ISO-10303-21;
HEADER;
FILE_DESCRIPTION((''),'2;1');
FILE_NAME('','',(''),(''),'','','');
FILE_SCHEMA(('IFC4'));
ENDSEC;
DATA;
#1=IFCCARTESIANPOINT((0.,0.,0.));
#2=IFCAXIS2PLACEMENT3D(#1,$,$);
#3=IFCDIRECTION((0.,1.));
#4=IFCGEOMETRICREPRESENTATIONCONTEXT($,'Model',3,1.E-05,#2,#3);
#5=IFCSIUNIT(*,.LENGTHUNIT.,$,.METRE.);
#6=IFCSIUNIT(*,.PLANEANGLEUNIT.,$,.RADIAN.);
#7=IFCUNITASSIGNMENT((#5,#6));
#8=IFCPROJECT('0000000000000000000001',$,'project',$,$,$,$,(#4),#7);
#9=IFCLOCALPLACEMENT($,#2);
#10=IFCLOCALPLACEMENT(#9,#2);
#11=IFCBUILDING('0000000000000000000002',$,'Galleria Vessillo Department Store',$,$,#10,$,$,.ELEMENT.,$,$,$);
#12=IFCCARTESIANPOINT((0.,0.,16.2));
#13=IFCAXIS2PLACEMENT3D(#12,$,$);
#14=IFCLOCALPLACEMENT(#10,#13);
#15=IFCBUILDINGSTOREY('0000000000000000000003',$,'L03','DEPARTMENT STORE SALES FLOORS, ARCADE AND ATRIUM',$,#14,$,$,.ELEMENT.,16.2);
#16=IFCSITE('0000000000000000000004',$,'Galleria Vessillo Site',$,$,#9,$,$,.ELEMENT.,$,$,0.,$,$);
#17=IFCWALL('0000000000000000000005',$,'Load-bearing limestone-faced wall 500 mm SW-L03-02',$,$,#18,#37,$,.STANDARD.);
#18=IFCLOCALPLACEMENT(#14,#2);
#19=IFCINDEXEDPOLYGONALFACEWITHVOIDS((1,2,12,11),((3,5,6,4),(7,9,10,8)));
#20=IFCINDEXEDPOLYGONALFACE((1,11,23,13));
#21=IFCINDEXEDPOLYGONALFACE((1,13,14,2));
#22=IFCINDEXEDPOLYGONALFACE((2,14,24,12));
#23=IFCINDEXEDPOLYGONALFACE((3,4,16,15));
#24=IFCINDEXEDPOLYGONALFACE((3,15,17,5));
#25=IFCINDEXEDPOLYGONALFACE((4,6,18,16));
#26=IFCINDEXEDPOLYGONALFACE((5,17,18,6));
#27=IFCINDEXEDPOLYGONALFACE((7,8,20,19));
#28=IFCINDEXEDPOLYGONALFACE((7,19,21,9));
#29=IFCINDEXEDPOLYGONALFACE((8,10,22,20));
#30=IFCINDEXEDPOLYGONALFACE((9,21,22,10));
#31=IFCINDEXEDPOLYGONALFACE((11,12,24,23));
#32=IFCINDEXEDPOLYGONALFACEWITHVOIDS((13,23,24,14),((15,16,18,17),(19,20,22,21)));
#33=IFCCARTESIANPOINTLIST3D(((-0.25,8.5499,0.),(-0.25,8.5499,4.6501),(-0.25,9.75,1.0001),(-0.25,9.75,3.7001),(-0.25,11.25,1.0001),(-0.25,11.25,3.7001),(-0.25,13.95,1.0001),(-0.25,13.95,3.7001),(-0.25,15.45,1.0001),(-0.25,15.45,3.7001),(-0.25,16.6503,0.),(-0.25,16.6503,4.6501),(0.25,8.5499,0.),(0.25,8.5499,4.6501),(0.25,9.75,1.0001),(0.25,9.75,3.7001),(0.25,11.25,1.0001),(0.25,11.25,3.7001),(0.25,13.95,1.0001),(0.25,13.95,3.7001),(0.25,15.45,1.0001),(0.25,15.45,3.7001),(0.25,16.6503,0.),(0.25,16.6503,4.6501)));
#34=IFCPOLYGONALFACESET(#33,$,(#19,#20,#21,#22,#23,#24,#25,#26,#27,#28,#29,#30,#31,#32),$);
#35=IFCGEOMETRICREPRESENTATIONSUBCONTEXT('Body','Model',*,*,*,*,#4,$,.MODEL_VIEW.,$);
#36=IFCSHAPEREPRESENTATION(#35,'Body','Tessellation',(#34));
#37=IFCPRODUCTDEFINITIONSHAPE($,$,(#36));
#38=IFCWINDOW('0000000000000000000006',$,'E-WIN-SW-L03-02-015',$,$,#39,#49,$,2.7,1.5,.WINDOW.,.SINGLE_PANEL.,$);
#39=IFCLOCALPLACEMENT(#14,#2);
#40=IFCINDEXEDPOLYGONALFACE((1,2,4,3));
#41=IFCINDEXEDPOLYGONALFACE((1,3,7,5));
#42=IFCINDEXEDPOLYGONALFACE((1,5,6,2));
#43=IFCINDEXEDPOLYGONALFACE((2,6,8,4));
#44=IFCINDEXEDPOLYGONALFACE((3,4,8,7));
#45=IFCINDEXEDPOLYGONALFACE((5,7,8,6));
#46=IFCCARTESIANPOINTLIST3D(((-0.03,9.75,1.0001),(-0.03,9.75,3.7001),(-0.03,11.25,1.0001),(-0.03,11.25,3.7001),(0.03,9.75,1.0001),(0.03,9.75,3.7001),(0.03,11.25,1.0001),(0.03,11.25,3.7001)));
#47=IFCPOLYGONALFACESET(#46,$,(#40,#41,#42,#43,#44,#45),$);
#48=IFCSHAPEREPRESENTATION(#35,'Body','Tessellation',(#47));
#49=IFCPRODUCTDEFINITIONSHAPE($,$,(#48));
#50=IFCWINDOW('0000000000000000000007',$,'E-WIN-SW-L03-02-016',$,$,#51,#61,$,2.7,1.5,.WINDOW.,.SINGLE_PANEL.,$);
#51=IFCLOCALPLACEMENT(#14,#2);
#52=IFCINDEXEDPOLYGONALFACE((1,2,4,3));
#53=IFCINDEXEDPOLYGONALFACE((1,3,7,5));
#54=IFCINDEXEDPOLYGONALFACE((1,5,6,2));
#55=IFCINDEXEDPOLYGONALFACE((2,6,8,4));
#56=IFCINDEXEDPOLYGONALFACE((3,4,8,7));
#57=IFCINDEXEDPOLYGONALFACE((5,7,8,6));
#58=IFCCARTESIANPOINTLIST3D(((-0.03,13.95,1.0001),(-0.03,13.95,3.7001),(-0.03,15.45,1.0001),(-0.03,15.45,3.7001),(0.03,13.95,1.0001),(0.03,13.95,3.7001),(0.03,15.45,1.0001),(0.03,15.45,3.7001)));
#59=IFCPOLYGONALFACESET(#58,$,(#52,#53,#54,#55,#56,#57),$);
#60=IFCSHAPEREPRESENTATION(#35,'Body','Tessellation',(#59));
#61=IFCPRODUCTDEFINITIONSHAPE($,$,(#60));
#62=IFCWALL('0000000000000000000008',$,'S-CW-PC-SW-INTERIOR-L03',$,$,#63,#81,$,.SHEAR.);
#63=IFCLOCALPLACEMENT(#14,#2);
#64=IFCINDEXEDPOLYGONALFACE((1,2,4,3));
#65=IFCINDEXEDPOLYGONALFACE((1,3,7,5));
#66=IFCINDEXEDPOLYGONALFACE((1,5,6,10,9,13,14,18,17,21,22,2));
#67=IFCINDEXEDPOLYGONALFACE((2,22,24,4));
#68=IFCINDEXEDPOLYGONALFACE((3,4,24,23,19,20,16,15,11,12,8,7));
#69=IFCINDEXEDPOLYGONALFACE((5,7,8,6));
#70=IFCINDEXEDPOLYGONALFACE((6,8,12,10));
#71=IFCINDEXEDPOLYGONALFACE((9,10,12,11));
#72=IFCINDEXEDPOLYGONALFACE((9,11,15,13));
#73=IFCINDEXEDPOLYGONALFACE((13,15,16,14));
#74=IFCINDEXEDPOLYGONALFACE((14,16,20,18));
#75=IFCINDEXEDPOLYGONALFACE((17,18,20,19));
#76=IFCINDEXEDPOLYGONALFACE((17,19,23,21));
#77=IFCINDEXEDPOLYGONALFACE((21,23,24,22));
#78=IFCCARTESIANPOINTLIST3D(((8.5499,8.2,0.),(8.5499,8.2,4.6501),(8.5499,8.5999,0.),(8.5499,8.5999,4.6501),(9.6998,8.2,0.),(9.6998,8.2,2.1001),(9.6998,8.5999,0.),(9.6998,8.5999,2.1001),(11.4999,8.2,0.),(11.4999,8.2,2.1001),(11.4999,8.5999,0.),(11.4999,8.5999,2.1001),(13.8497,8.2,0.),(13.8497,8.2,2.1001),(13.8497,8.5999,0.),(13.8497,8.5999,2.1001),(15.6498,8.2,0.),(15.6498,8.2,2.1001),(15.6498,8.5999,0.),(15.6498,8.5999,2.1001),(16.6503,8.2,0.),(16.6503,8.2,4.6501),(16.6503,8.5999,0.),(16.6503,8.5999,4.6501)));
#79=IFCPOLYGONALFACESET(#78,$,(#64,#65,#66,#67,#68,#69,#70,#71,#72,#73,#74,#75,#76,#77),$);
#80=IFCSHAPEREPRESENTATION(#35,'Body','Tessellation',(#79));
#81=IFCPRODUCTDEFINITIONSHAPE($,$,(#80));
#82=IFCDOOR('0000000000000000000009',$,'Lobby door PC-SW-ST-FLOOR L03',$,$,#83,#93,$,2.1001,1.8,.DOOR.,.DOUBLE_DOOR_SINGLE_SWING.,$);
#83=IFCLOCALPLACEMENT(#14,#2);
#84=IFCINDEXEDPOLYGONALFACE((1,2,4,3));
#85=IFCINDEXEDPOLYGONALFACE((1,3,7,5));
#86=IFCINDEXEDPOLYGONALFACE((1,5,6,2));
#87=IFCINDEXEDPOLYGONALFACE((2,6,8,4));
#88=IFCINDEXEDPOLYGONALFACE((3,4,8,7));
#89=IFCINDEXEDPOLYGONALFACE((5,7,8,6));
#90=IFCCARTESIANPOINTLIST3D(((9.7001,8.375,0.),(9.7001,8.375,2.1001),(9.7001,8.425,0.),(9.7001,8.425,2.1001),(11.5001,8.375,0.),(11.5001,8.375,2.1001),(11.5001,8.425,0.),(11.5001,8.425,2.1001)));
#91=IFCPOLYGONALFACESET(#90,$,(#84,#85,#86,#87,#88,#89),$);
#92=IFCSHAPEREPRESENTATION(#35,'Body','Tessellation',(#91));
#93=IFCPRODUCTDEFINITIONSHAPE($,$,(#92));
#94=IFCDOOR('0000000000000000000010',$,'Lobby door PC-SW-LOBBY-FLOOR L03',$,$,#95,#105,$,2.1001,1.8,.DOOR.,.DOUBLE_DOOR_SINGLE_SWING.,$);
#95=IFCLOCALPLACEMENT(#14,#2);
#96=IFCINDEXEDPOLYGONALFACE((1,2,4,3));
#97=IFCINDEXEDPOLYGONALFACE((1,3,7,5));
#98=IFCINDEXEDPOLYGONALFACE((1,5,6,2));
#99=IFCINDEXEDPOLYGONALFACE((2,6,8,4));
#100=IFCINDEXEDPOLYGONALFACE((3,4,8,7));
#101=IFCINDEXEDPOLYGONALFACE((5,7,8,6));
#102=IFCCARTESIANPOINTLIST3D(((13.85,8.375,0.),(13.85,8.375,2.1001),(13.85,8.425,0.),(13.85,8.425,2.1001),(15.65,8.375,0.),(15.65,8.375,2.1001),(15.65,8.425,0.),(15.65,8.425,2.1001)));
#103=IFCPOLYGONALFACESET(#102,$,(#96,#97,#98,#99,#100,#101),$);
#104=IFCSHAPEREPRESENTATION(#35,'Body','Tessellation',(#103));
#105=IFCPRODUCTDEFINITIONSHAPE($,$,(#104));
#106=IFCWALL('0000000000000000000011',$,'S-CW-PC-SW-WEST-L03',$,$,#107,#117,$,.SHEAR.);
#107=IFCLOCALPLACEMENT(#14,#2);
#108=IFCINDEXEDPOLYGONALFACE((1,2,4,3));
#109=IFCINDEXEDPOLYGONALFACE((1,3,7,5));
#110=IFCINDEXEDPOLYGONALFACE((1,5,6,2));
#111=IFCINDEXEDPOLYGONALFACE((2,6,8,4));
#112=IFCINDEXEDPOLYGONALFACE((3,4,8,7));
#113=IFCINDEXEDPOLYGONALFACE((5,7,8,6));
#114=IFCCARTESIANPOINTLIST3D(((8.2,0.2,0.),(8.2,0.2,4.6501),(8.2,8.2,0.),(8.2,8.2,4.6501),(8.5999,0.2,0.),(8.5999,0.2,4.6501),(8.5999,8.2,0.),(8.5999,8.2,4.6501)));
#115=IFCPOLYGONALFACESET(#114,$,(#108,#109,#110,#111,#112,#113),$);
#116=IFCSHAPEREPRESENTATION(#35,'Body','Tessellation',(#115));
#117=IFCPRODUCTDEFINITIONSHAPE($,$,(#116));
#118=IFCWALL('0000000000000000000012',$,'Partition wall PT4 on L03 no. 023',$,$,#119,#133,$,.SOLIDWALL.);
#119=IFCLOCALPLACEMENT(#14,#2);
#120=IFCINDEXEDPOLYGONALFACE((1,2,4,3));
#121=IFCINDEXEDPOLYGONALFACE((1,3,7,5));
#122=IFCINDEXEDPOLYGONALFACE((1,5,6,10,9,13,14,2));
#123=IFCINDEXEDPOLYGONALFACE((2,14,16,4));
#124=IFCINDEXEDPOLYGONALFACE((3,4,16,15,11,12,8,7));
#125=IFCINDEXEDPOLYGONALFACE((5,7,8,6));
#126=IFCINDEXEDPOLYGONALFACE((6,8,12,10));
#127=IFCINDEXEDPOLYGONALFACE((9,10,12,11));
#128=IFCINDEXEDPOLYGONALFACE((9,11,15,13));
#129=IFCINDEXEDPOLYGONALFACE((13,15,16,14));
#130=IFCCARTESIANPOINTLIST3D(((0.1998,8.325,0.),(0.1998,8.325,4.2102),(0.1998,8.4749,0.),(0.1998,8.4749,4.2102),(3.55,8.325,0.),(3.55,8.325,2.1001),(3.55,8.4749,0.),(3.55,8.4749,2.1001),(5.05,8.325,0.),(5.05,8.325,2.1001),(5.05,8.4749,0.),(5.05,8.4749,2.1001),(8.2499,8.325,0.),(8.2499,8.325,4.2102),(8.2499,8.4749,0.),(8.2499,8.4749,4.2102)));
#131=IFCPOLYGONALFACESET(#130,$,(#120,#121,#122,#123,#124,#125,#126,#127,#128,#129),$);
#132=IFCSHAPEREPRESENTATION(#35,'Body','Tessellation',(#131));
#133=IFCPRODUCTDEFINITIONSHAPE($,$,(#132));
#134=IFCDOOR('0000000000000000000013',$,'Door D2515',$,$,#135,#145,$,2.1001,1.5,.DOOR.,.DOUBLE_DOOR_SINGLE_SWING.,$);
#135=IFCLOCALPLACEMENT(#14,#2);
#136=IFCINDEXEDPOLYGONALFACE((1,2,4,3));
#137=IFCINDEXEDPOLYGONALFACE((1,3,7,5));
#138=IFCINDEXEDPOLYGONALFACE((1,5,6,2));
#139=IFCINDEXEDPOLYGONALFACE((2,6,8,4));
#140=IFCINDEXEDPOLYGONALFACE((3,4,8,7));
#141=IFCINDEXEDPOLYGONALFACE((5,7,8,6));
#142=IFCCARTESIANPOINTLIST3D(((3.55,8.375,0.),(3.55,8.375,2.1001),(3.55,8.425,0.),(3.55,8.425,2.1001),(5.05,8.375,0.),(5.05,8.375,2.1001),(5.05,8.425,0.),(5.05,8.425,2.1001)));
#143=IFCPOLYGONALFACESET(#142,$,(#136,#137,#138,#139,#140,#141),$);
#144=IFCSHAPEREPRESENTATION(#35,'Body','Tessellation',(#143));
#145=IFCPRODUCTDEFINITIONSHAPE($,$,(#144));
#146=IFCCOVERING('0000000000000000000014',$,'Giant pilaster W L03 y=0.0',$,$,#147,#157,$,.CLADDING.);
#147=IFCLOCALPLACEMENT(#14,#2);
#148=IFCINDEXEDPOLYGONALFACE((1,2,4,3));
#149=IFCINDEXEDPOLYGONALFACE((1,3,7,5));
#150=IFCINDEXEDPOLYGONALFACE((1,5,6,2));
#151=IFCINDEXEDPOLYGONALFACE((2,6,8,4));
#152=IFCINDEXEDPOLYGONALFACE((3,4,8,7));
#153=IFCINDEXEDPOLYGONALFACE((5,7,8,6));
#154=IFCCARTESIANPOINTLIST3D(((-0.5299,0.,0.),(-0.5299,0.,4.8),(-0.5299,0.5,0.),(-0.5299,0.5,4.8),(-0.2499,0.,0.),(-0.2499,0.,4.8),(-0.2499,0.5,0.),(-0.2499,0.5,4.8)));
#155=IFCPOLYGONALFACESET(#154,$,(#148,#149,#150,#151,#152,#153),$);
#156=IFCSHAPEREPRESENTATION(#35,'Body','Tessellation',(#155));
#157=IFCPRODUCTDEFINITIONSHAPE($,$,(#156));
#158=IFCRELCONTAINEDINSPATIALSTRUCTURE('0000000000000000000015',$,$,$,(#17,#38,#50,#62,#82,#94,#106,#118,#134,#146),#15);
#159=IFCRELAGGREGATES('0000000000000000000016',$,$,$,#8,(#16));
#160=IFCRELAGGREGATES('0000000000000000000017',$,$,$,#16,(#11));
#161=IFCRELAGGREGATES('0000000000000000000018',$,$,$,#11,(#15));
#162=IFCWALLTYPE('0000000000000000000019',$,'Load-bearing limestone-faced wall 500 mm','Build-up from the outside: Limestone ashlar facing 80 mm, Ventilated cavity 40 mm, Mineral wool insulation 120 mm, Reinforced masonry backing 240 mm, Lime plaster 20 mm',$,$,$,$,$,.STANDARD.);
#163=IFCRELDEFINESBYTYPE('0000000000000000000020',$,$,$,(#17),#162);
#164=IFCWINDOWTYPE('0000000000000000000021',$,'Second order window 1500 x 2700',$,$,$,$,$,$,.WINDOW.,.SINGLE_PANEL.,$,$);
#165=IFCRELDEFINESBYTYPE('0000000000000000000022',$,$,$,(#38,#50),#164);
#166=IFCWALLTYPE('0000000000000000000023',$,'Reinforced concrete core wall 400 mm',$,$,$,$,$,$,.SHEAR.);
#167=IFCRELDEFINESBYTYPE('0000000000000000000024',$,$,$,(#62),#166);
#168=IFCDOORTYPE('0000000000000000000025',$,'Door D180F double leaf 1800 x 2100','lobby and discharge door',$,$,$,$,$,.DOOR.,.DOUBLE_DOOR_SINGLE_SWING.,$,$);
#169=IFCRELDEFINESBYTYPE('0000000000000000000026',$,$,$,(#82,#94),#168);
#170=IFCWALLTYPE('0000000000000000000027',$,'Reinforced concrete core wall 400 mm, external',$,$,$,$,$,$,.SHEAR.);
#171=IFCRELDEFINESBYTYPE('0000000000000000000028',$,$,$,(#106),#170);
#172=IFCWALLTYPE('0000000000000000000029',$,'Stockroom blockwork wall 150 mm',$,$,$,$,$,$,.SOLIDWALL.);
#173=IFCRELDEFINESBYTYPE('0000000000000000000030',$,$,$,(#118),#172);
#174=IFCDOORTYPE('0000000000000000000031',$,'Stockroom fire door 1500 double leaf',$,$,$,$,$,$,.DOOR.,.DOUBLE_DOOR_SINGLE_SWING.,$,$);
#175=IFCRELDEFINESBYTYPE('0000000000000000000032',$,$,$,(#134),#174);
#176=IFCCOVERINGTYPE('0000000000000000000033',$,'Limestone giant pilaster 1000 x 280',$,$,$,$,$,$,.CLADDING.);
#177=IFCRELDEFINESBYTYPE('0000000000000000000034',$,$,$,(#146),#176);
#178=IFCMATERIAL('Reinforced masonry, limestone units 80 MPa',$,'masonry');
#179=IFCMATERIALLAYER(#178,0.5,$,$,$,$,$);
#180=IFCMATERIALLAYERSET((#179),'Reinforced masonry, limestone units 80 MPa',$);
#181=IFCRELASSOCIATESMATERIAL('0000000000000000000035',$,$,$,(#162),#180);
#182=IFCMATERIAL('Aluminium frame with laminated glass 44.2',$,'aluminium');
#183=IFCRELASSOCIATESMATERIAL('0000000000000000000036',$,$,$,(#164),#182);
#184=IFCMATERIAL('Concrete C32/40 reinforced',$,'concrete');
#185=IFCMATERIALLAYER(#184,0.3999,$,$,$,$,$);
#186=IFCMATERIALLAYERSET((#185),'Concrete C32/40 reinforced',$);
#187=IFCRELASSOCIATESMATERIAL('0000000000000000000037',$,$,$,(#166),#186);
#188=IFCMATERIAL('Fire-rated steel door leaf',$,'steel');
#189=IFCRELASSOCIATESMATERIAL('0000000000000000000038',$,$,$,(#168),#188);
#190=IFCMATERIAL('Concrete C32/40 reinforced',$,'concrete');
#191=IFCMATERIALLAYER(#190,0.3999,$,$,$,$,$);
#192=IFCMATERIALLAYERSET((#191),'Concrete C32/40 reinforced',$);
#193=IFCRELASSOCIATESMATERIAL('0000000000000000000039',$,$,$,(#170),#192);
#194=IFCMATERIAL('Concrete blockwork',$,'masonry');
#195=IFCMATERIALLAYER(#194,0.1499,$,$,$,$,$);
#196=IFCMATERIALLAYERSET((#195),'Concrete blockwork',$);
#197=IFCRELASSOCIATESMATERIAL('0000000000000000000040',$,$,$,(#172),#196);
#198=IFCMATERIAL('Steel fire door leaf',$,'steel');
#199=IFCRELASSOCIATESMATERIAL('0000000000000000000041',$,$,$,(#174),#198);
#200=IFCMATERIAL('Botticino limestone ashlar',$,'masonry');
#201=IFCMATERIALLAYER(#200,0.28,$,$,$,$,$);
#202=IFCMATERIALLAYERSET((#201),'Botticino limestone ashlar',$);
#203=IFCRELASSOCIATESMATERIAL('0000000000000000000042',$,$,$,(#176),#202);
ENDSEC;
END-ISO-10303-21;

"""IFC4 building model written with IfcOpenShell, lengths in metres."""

from ifc_helpers import new_model, si_unit, direction, frame, frame_2d, origin, origin_2d, place, context, subcontext, project, spatial, rectangle, extrude, material, layer, layer_set, type_object, element, fill, save


model = new_model("IFC4")

# Units and contexts
model_context = context("Model", 3, precision=1e-05, world=origin(), true_north=direction((0.0, 1.0)))
body_context = subcontext(model_context, "Body", "Model", "MODEL_VIEW")
ifc_project = project(units=[si_unit("LENGTHUNIT", "METRE"), si_unit("PLANEANGLEUNIT", "RADIAN")], contexts=[model_context])

# Site, building, storey
site_placement = place(None, origin())
site = spatial("IfcSite", under=ifc_project, at=site_placement, Name="Galleria Vessillo Site", CompositionType="ELEMENT", RefElevation=0.0)
building_placement = place(site_placement, origin())
building = spatial("IfcBuilding", under=site, at=building_placement, Name="Galleria Vessillo Department Store", CompositionType="ELEMENT")
storey_placement = place(building_placement, frame((0.0, 0.0, 16.2)))
storey = spatial("IfcBuildingStorey", under=building, at=storey_placement, Name="L03", Description="DEPARTMENT STORE SALES FLOORS, ARCADE AND ATRIUM", CompositionType="ELEMENT", Elevation=16.2)

# Wall, openings, windows
ifc_material_1 = material(Name="Reinforced masonry, limestone units 80 MPa", Category="masonry")
ifc_layer_1 = layer(ifc_material_1, 0.5)
ifc_layer_set_1 = layer_set([ifc_layer_1], Name="Reinforced masonry, limestone units 80 MPa")
wall_type_1 = type_object("IfcWallType", Name="Load-bearing limestone-faced wall 500 mm", Description="Build-up from the outside: Limestone ashlar facing 80 mm, Ventilated cavity 40 mm, Mineral wool insulation 120 mm, Reinforced masonry backing 240 mm, Lime plaster 20 mm", PredefinedType="STANDARD", material=ifc_layer_set_1)
wall_1_placement = place(storey_placement, frame((0.0, 8.5498, 0.0), z_axis=(0.0, 0.0, 1.0), x_axis=(0.0, 1.0, 0.0)))
wall_1 = element("IfcWall", 1, at=wall_1_placement, inside=storey, type_object=wall_type_1, Name="Load-bearing limestone-faced wall 500 mm SW-L03-02", PredefinedType="STANDARD", context=body_context, shape_type="SweptSolid", body=[
    extrude(rectangle(XDim=8.1003, YDim=0.5, at=frame_2d((4.0503, 0.0))), origin(), (0.0, 0.0, 1.0), 4.6501),
])
opening_1_placement = place(wall_1_placement, frame((1.2002, 0.0, 1.0)))
opening_1 = element("IfcOpeningElement", 2, at=opening_1_placement, cuts=wall_1, PredefinedType="OPENING", context=body_context, shape_type="SweptSolid", body=[
    extrude(rectangle(XDim=1.5, YDim=2.7, at=frame_2d((0.75, 1.3501))), frame((0.0, 0.26, 0.0), z_axis=(0.0, -1.0, 0.0), x_axis=(1.0, 0.0, 0.0)), (0.0, 0.0, 1.0), 0.52),
])
opening_2_placement = place(wall_1_placement, frame((5.4001, 0.0, 1.0)))
opening_2 = element("IfcOpeningElement", 3, at=opening_2_placement, cuts=wall_1, PredefinedType="OPENING", context=body_context, shape_type="SweptSolid", body=[
    extrude(rectangle(XDim=1.5, YDim=2.7, at=frame_2d((0.75, 1.3501))), frame((0.0, 0.26, 0.0), z_axis=(0.0, -1.0, 0.0), x_axis=(1.0, 0.0, 0.0)), (0.0, 0.0, 1.0), 0.52),
])
ifc_material_2 = material(Name="Aluminium frame with laminated glass 44.2", Category="aluminium")
window_type = type_object("IfcWindowType", Name="Second order window 1500 x 2700", PartitioningType="SINGLE_PANEL", PredefinedType="WINDOW", material=ifc_material_2)
window_1_placement = place(opening_1_placement, origin())
window_1 = element("IfcWindow", 4, at=window_1_placement, inside=storey, type_object=window_type, Name="E-WIN-SW-L03-02-015", OverallHeight=2.7, OverallWidth=1.5, PartitioningType="SINGLE_PANEL", PredefinedType="WINDOW", context=body_context, shape_type="SweptSolid", body=[
    extrude(rectangle(XDim=1.5, YDim=2.7, at=frame_2d((0.75, 1.3501))), frame((0.0, 0.03, 0.0), z_axis=(0.0, -1.0, 0.0), x_axis=(1.0, 0.0, 0.0)), (0.0, 0.0, 1.0), 0.0601),
])
fill(opening_1, window_1)
window_2_placement = place(opening_2_placement, origin())
window_2 = element("IfcWindow", 5, at=window_2_placement, inside=storey, type_object=window_type, Name="E-WIN-SW-L03-02-016", OverallHeight=2.7, OverallWidth=1.5, PartitioningType="SINGLE_PANEL", PredefinedType="WINDOW", context=body_context, shape_type="SweptSolid", body=[
    extrude(rectangle(XDim=1.5, YDim=2.7, at=frame_2d((0.75, 1.3501))), frame((0.0, 0.03, 0.0), z_axis=(0.0, -1.0, 0.0), x_axis=(1.0, 0.0, 0.0)), (0.0, 0.0, 1.0), 0.0601),
])
fill(opening_2, window_2)

# Wall, openings, doors
ifc_material_3 = material(Name="Concrete C32/40 reinforced", Category="concrete")
ifc_layer_2 = layer(ifc_material_3, 0.3999)
ifc_layer_set_2 = layer_set([ifc_layer_2], Name="Concrete C32/40 reinforced")
wall_type_2 = type_object("IfcWallType", Name="Reinforced concrete core wall 400 mm", PredefinedType="SHEAR", material=ifc_layer_set_2)
wall_2_placement = place(storey_placement, frame((8.5498, 8.3999, 0.0), z_axis=(0.0, 0.0, 1.0), x_axis=(1.0, 0.0, 0.0)))
wall_2 = element("IfcWall", 6, at=wall_2_placement, inside=storey, type_object=wall_type_2, Name="S-CW-PC-SW-INTERIOR-L03", PredefinedType="SHEAR", context=body_context, shape_type="SweptSolid", body=[
    extrude(rectangle(XDim=8.1003, YDim=0.3999, at=frame_2d((4.0503, 0.0))), origin(), (0.0, 0.0, 1.0), 4.6501),
])
opening_3_placement = place(wall_2_placement, frame((1.1501, 0.0, 0.0)))
opening_3 = element("IfcOpeningElement", 7, at=opening_3_placement, cuts=wall_2, PredefinedType="OPENING", context=body_context, shape_type="SweptSolid", body=[
    extrude(rectangle(XDim=1.8, YDim=2.1001, at=frame_2d((0.8999, 1.05))), frame((0.0, 0.21, 0.0), z_axis=(0.0, -1.0, 0.0), x_axis=(1.0, 0.0, 0.0)), (0.0, 0.0, 1.0), 0.4199),
])
opening_4_placement = place(wall_2_placement, frame((5.3, 0.0, 0.0)))
opening_4 = element("IfcOpeningElement", 8, at=opening_4_placement, cuts=wall_2, PredefinedType="OPENING", context=body_context, shape_type="SweptSolid", body=[
    extrude(rectangle(XDim=1.8, YDim=2.1001, at=frame_2d((0.8999, 1.05))), frame((0.0, 0.21, 0.0), z_axis=(0.0, -1.0, 0.0), x_axis=(1.0, 0.0, 0.0)), (0.0, 0.0, 1.0), 0.4199),
])
ifc_material_4 = material(Name="Fire-rated steel door leaf", Category="steel")
door_type_1 = type_object("IfcDoorType", Name="Door D180F double leaf 1800 x 2100", Description="lobby and discharge door", OperationType="DOUBLE_DOOR_SINGLE_SWING", PredefinedType="DOOR", material=ifc_material_4)
door_1_placement = place(opening_3_placement, frame((1.8, 0.0, 0.0), z_axis=(0.0, 0.0, 1.0), x_axis=(-1.0, 0.0, 0.0)))
door_1 = element("IfcDoor", 9, at=door_1_placement, inside=storey, type_object=door_type_1, Name="Lobby door PC-SW-ST-FLOOR L03", OperationType="DOUBLE_DOOR_SINGLE_SWING", OverallHeight=2.1001, OverallWidth=1.8, PredefinedType="DOOR", context=body_context, shape_type="SweptSolid", body=[
    extrude(rectangle(XDim=1.8, YDim=2.1001, at=frame_2d((0.8999, 1.05))), frame((0.0, 0.0249, 0.0), z_axis=(0.0, -1.0, 0.0), x_axis=(1.0, 0.0, 0.0)), (0.0, 0.0, 1.0), 0.05),
])
fill(opening_3, door_1)
door_2_placement = place(opening_4_placement, frame((1.8, 0.0, 0.0), z_axis=(0.0, 0.0, 1.0), x_axis=(-1.0, 0.0, 0.0)))
door_2 = element("IfcDoor", 10, at=door_2_placement, inside=storey, type_object=door_type_1, Name="Lobby door PC-SW-LOBBY-FLOOR L03", OperationType="DOUBLE_DOOR_SINGLE_SWING", OverallHeight=2.1001, OverallWidth=1.8, PredefinedType="DOOR", context=body_context, shape_type="SweptSolid", body=[
    extrude(rectangle(XDim=1.8, YDim=2.1001, at=frame_2d((0.8999, 1.05))), frame((0.0, 0.0249, 0.0), z_axis=(0.0, -1.0, 0.0), x_axis=(1.0, 0.0, 0.0)), (0.0, 0.0, 1.0), 0.05),
])
fill(opening_4, door_2)

# Wall
ifc_material_5 = material(Name="Concrete C32/40 reinforced", Category="concrete")
ifc_layer_3 = layer(ifc_material_5, 0.3999)
ifc_layer_set_3 = layer_set([ifc_layer_3], Name="Concrete C32/40 reinforced")
wall_type_3 = type_object("IfcWallType", Name="Reinforced concrete core wall 400 mm, external", PredefinedType="SHEAR", material=ifc_layer_set_3)
wall_3_placement = place(storey_placement, frame((8.3999, 0.2, 0.0), z_axis=(0.0, 0.0, 1.0), x_axis=(0.0, 1.0, 0.0)))
element("IfcWall", 11, at=wall_3_placement, inside=storey, type_object=wall_type_3, Name="S-CW-PC-SW-WEST-L03", PredefinedType="SHEAR", context=body_context, shape_type="SweptSolid", body=[
    extrude(rectangle(XDim=8.0, YDim=0.3999, at=frame_2d((4.0, 0.0))), origin(), (0.0, 0.0, 1.0), 4.6501),
])

# Wall, opening, door
ifc_material_6 = material(Name="Concrete blockwork", Category="masonry")
ifc_layer_4 = layer(ifc_material_6, 0.1499)
ifc_layer_set_4 = layer_set([ifc_layer_4], Name="Concrete blockwork")
wall_type_4 = type_object("IfcWallType", Name="Stockroom blockwork wall 150 mm", PredefinedType="SOLIDWALL", material=ifc_layer_set_4)
wall_4_placement = place(storey_placement, frame((0.2, 8.3999, 0.0), z_axis=(0.0, 0.0, 1.0), x_axis=(1.0, 0.0, 0.0)))
wall_4 = element("IfcWall", 12, at=wall_4_placement, inside=storey, type_object=wall_type_4, Name="Partition wall PT4 on L03 no. 023", PredefinedType="SOLIDWALL", context=body_context, shape_type="SweptSolid", body=[
    extrude(rectangle(XDim=8.05, YDim=0.1499, at=frame_2d((4.0249, 0.0))), origin(), (0.0, 0.0, 1.0), 4.2102),
])
opening_5_placement = place(wall_4_placement, frame((3.3501, 0.0, 0.0)))
opening_5 = element("IfcOpeningElement", 13, at=opening_5_placement, cuts=wall_4, PredefinedType="OPENING", context=body_context, shape_type="SweptSolid", body=[
    extrude(rectangle(XDim=1.5, YDim=2.1001, at=frame_2d((0.75, 1.05))), frame((0.0, 0.085, 0.0), z_axis=(0.0, -1.0, 0.0), x_axis=(1.0, 0.0, 0.0)), (0.0, 0.0, 1.0), 0.1699),
])
ifc_material_7 = material(Name="Steel fire door leaf", Category="steel")
door_type_2 = type_object("IfcDoorType", Name="Stockroom fire door 1500 double leaf", OperationType="DOUBLE_DOOR_SINGLE_SWING", PredefinedType="DOOR", material=ifc_material_7)
door_3_placement = place(opening_5_placement, frame((1.5, 0.0, 0.0), z_axis=(0.0, 0.0, 1.0), x_axis=(-1.0, 0.0, 0.0)))
door_3 = element("IfcDoor", 14, at=door_3_placement, inside=storey, type_object=door_type_2, Name="Door D2515", OperationType="DOUBLE_DOOR_SINGLE_SWING", OverallHeight=2.1001, OverallWidth=1.5, PredefinedType="DOOR", context=body_context, shape_type="SweptSolid", body=[
    extrude(rectangle(XDim=1.5, YDim=2.1001, at=frame_2d((0.75, 1.05))), frame((0.0, 0.0249, 0.0), z_axis=(0.0, -1.0, 0.0), x_axis=(1.0, 0.0, 0.0)), (0.0, 0.0, 1.0), 0.05),
])
fill(opening_5, door_3)

# Covering
ifc_material_8 = material(Name="Botticino limestone ashlar", Category="masonry")
ifc_layer_5 = layer(ifc_material_8, 0.28)
ifc_layer_set_5 = layer_set([ifc_layer_5], Name="Botticino limestone ashlar")
covering_type_1 = type_object("IfcCoveringType", Name="Limestone giant pilaster 1000 x 280", PredefinedType="CLADDING", material=ifc_layer_set_5)
covering_1_placement = place(storey_placement, frame((-0.3899, 0.25, 0.0), z_axis=(0.0, 0.0, 1.0), x_axis=(1.0, 0.0, 0.0)))
element("IfcCovering", 15, at=covering_1_placement, inside=storey, type_object=covering_type_1, Name="Giant pilaster W L03 y=0.0", PredefinedType="CLADDING", context=body_context, shape_type="SweptSolid", body=[
    extrude(rectangle(XDim=0.28, YDim=0.5, at=origin_2d()), origin(), (0.0, 0.0, 1.0), 4.8),
])

save(model, "model.ifc")
